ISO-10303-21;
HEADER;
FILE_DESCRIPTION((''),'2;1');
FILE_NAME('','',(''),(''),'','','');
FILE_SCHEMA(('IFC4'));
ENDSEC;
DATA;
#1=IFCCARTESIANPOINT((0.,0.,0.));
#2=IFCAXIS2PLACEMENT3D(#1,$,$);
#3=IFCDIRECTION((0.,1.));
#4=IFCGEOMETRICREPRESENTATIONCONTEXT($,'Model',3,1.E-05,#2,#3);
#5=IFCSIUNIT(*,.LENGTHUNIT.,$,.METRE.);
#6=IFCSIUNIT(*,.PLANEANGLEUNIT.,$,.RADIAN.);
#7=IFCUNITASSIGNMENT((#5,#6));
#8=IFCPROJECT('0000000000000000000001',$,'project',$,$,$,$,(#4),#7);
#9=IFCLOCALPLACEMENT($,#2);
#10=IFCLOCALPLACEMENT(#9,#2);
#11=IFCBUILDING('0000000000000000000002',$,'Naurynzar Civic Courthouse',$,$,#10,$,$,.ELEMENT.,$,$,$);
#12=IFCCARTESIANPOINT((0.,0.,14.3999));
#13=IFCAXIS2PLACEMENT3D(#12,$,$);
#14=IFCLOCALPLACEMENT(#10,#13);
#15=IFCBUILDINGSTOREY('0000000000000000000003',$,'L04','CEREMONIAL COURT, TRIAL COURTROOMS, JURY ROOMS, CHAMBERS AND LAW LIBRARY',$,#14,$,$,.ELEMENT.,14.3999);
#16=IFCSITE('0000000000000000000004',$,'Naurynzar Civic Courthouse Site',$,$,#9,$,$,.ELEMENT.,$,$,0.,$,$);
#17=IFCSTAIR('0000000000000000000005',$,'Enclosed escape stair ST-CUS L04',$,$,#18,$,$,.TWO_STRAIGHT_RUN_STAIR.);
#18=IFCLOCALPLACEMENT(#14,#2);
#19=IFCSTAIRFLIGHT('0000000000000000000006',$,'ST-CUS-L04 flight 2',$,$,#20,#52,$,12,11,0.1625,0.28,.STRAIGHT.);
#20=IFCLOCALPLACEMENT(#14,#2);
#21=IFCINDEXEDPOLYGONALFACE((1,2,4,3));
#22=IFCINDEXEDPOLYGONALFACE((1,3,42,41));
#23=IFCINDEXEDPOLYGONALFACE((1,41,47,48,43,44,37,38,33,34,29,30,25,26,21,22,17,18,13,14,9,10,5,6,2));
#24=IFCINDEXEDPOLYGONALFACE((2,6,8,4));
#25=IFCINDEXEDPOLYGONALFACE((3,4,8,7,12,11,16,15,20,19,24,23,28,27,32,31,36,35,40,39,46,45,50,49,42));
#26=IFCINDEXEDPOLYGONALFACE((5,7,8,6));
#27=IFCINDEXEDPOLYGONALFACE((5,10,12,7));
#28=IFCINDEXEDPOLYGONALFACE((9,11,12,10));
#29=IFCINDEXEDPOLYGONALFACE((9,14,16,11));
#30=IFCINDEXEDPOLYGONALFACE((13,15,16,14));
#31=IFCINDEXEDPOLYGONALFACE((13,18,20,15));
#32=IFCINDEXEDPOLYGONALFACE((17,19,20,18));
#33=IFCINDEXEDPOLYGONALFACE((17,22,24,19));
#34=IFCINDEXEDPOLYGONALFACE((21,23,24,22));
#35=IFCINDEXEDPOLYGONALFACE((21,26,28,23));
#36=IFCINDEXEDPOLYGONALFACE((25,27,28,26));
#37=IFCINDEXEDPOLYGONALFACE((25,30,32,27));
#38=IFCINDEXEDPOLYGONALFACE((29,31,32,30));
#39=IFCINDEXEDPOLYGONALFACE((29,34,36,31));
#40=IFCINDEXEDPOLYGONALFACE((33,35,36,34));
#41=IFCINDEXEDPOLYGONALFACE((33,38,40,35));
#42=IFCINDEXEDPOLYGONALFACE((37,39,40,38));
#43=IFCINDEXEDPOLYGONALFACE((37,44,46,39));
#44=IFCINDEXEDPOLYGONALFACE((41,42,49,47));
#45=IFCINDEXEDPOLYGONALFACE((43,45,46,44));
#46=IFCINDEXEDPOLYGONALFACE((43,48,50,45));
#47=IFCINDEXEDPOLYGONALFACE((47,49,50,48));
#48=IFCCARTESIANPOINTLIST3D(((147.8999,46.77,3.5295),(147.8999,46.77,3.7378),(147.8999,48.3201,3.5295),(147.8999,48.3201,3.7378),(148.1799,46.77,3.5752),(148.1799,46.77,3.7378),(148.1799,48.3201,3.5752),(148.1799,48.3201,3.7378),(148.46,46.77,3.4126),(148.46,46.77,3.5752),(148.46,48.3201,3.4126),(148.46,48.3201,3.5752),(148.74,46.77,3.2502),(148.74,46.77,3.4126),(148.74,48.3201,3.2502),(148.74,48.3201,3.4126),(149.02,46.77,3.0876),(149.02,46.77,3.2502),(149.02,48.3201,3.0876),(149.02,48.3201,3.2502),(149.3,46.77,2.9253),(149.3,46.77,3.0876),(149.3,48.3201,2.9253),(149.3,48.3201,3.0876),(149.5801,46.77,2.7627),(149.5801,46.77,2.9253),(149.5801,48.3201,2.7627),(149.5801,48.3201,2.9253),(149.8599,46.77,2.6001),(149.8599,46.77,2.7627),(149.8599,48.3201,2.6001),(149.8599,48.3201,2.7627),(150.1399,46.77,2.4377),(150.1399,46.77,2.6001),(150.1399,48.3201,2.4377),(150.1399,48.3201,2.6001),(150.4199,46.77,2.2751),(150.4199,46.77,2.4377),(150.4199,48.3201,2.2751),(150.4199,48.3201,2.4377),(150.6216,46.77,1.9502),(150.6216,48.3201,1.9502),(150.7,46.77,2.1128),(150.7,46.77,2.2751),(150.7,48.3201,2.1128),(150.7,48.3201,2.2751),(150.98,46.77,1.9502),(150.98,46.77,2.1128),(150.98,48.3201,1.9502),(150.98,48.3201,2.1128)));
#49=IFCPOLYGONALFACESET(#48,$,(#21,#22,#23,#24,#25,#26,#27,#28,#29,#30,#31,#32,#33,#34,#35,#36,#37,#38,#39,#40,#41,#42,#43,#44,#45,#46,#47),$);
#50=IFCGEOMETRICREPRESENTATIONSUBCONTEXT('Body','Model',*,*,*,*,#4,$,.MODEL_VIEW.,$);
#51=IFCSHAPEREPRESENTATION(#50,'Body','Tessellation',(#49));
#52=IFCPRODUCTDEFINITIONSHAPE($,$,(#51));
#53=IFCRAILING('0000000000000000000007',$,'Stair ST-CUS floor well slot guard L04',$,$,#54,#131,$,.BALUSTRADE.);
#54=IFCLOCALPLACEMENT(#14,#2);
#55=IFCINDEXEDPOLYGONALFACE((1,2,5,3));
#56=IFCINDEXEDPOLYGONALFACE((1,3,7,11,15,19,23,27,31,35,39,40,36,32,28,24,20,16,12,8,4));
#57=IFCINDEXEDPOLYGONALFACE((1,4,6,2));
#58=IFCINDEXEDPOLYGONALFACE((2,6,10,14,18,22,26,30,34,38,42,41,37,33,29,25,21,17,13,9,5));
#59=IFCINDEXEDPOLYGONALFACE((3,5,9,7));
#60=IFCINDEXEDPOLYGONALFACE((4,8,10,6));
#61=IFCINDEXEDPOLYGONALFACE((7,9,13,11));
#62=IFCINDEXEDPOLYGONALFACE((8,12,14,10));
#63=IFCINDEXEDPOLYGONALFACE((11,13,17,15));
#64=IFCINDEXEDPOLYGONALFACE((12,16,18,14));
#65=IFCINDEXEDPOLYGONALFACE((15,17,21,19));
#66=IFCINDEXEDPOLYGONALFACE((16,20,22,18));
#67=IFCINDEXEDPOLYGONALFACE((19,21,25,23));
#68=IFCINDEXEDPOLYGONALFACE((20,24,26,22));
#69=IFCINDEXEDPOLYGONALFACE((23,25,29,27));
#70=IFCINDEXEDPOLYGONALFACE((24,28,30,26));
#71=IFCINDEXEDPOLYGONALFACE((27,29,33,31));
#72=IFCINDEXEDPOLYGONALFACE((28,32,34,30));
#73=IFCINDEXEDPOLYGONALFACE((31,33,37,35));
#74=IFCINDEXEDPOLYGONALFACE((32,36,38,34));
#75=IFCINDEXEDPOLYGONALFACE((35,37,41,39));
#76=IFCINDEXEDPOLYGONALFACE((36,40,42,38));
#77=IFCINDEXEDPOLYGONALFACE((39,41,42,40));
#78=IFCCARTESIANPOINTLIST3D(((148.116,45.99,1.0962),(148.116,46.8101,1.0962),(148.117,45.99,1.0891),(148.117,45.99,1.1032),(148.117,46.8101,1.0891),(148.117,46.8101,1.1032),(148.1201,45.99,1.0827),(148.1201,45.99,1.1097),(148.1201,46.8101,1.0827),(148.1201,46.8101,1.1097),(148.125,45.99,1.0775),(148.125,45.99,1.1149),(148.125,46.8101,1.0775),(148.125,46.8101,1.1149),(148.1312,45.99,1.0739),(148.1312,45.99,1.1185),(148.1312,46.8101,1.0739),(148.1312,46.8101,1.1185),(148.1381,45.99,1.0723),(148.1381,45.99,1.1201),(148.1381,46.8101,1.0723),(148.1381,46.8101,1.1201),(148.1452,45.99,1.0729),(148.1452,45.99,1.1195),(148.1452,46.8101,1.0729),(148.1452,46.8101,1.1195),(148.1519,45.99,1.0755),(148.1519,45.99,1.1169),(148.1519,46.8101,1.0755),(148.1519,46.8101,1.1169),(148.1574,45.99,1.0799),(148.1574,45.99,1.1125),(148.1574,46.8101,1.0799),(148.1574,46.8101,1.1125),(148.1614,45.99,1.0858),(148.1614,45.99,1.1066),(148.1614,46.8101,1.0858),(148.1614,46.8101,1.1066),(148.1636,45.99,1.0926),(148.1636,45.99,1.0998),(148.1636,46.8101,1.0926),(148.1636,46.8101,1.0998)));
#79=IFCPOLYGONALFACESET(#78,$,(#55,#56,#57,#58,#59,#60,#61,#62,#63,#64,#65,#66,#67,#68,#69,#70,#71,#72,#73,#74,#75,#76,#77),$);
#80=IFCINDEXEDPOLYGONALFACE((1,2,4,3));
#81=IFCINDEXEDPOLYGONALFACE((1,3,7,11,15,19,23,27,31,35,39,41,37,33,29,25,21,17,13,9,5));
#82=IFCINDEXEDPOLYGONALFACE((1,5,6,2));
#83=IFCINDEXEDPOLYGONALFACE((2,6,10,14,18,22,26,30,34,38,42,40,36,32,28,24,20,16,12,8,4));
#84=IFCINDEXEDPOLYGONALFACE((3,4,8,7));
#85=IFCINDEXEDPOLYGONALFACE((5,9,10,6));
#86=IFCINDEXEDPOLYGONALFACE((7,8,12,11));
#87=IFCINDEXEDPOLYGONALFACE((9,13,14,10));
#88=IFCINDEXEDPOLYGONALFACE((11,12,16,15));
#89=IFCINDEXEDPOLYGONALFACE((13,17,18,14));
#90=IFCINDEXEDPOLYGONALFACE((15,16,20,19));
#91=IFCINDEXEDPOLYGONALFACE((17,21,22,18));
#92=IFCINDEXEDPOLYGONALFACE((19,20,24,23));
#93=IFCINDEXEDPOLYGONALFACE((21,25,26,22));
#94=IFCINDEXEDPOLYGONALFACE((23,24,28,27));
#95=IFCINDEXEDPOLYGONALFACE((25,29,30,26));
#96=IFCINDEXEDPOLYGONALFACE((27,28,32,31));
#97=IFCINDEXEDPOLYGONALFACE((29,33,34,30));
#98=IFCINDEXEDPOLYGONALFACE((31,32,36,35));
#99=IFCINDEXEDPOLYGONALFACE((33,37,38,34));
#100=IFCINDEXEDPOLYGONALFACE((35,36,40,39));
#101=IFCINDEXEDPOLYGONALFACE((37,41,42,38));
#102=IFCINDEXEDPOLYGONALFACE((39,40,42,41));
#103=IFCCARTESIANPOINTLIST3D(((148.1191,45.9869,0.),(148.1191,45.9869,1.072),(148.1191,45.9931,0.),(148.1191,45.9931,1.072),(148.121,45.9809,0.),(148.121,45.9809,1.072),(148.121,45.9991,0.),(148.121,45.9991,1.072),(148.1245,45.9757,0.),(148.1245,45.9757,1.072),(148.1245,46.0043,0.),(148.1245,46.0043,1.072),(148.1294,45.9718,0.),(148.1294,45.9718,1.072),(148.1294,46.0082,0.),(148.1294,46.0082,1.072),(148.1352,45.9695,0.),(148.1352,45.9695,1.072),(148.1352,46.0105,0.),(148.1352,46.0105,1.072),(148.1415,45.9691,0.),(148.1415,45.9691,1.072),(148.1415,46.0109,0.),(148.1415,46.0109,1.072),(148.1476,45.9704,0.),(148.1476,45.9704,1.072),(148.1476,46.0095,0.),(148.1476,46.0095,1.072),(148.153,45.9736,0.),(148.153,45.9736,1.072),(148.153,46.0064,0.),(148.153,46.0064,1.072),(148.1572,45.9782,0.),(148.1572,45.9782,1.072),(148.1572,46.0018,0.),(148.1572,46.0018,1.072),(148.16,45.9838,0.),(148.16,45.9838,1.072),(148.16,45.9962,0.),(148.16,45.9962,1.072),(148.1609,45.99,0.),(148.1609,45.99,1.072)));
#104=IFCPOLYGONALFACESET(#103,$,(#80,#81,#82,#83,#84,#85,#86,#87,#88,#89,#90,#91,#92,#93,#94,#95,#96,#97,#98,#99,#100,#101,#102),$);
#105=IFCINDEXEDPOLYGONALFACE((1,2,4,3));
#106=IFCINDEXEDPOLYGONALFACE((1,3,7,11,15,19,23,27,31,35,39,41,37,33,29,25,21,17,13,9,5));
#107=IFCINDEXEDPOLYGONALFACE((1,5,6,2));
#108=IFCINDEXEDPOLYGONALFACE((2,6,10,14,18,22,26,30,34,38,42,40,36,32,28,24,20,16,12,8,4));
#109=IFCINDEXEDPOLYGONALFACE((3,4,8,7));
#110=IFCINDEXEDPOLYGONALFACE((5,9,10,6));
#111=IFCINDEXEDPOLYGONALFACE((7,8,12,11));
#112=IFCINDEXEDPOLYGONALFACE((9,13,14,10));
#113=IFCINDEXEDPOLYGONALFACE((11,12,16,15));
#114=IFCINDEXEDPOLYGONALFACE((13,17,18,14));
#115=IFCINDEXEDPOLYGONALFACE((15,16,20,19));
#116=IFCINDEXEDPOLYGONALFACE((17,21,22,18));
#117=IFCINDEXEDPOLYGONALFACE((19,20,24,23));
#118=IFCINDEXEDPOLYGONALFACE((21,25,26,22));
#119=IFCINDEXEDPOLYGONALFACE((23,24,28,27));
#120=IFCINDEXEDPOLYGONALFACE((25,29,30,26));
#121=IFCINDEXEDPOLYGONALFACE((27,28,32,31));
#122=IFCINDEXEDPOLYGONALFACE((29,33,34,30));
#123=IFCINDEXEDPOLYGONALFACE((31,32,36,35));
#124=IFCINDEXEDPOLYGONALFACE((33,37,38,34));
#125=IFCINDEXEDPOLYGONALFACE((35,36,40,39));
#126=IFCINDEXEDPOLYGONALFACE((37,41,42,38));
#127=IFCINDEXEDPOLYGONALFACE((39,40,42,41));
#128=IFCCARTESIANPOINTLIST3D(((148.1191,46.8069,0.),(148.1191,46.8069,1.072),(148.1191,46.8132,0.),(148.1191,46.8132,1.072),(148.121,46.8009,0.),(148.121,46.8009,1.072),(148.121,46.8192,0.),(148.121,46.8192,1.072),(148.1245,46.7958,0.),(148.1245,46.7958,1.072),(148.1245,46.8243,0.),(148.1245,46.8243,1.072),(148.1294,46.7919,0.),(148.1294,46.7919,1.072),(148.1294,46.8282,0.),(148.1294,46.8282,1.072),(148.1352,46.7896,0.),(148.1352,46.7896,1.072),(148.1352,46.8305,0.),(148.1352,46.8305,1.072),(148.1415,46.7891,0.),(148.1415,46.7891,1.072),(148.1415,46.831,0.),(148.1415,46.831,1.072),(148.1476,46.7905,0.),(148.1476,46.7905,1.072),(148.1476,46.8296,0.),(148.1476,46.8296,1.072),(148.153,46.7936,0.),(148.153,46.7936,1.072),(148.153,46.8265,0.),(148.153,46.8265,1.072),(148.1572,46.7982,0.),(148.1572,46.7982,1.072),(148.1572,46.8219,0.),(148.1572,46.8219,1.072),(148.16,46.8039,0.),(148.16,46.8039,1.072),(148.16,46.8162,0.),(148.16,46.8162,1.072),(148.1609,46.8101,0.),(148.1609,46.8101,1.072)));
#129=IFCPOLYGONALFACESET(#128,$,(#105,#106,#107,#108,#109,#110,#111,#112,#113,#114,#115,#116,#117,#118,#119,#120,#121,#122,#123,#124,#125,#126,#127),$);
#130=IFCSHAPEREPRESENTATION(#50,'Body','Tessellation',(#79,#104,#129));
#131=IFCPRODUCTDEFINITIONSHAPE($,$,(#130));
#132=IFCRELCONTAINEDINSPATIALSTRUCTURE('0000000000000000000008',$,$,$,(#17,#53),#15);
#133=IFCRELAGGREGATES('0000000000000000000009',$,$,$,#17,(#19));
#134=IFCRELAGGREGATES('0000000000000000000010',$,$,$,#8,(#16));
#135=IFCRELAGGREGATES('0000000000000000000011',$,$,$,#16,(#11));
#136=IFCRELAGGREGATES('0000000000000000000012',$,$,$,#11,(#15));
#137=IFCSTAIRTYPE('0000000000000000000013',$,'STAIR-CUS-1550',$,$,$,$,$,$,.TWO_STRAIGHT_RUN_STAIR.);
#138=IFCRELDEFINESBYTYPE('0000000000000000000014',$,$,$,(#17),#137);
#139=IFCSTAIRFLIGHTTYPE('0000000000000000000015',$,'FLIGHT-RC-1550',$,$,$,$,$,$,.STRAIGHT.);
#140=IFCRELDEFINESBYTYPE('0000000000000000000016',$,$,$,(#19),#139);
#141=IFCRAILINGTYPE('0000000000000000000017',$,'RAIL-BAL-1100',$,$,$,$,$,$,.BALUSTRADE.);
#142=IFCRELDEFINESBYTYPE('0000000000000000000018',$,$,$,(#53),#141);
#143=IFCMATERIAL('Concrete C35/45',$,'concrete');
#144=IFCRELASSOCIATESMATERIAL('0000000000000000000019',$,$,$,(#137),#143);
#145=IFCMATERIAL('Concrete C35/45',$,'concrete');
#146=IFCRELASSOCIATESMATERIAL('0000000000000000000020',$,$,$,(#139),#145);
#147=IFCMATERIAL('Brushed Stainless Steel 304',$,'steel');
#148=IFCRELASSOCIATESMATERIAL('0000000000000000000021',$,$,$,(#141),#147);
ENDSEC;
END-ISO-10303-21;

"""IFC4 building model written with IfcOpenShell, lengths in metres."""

from ifc_helpers import new_model, si_unit, direction, frame, origin, origin_2d, place, context, subcontext, project, spatial, polyline, circle, outline, extrude, material, type_object, element, aggregate, save


model = new_model("IFC4")

# Units and contexts
model_context = context("Model", 3, precision=1e-05, world=origin(), true_north=direction((0.0, 1.0)))
body_context = subcontext(model_context, "Body", "Model", "MODEL_VIEW")
ifc_project = project(units=[si_unit("LENGTHUNIT", "METRE"), si_unit("PLANEANGLEUNIT", "RADIAN")], contexts=[model_context])

# Site, building, storey
site_placement = place(None, origin())
site = spatial("IfcSite", under=ifc_project, at=site_placement, Name="Naurynzar Civic Courthouse Site", CompositionType="ELEMENT", RefElevation=0.0)
building_placement = place(site_placement, origin())
building = spatial("IfcBuilding", under=site, at=building_placement, Name="Naurynzar Civic Courthouse", CompositionType="ELEMENT")
storey_placement = place(building_placement, frame((0.0, 0.0, 14.3999)))
storey = spatial("IfcBuildingStorey", under=building, at=storey_placement, Name="L04", Description="CEREMONIAL COURT, TRIAL COURTROOMS, JURY ROOMS, CHAMBERS AND LAW LIBRARY", CompositionType="ELEMENT", Elevation=14.3999)

# Stair, stair flight
ifc_material_1 = material(Name="Concrete C35/45", Category="concrete")
stair_type = type_object("IfcStairType", Name="STAIR-CUS-1550", PredefinedType="TWO_STRAIGHT_RUN_STAIR", material=ifc_material_1)
stair_placement = place(storey_placement, origin())
stair = element("IfcStair", 1, at=stair_placement, inside=storey, type_object=stair_type, Name="Enclosed escape stair ST-CUS L04", PredefinedType="TWO_STRAIGHT_RUN_STAIR")
ifc_material_2 = material(Name="Concrete C35/45", Category="concrete")
stair_flight_type = type_object("IfcStairFlightType", Name="FLIGHT-RC-1550", PredefinedType="STRAIGHT", material=ifc_material_2)
stair_flight_1_placement = place(storey_placement, frame((150.98, 47.5449, 1.9502), z_axis=(0.0, 0.0, 1.0), x_axis=(-1.0, 0.0, 0.0)))
stair_flight_1 = element("IfcStairFlight", 2, at=stair_flight_1_placement, type_object=stair_flight_type, Name="ST-CUS-L04 flight 2", NumberOfRisers=12, NumberOfTreads=11, PredefinedType="STRAIGHT", RiserHeight=0.1625, TreadLength=0.28, context=body_context, shape_type="SweptSolid", body=[
    extrude(outline(polyline([(0.0, 0.0), (0.0, 0.1626), (0.28, 0.1626), (0.28, 0.325), (0.5601, 0.325), (0.5601, 0.4875), (0.8401, 0.4875), (0.8401, 0.6499), (1.1201, 0.6499), (1.1201, 0.8125), (1.3999, 0.8125), (1.3999, 0.9751), (1.6799, 0.9751), (1.6799, 1.1375), (1.96, 1.1375), (1.96, 1.3), (2.24, 1.3), (2.24, 1.4624), (2.52, 1.4624), (2.52, 1.625), (2.8, 1.625), (2.8, 1.7876), (3.0801, 1.7876), (3.0801, 1.95), (3.0801, 1.5793), (0.3584, 0.0), (0.0, 0.0)])), frame((0.0, 0.7749, 0.0), z_axis=(0.0, -1.0, 0.0), x_axis=(1.0, 0.0, 0.0)), (0.0, 0.0, 1.0), 1.55),
])
aggregate(stair, [stair_flight_1])

# Railing
ifc_material_3 = material(Name="Brushed Stainless Steel 304", Category="steel")
railing_type_1 = type_object("IfcRailingType", Name="RAIL-BAL-1100", PredefinedType="BALUSTRADE", material=ifc_material_3)
railing_1_placement = place(storey_placement, frame((148.1399, 45.99, 0.0)))
element("IfcRailing", 3, at=railing_1_placement, inside=storey, type_object=railing_type_1, Name="Stair ST-CUS floor well slot guard L04", PredefinedType="BALUSTRADE", context=body_context, shape_type="SweptSolid", body=[
    extrude(circle(Radius=0.0239, at=origin_2d()), frame((0.0, 0.0, 1.0962), z_axis=(0.0, 1.0, 0.0), x_axis=(-1.0, 0.0, 0.0)), (0.0, 0.0, 1.0), 0.8201),
    extrude(circle(Radius=0.021, at=origin_2d()), origin(), (0.0, 0.0, 1.0), 1.072),
    extrude(circle(Radius=0.021, at=origin_2d()), frame((0.0, 0.8201, 0.0)), (0.0, 0.0, 1.0), 1.072),
])

save(model, "model.ifc")
